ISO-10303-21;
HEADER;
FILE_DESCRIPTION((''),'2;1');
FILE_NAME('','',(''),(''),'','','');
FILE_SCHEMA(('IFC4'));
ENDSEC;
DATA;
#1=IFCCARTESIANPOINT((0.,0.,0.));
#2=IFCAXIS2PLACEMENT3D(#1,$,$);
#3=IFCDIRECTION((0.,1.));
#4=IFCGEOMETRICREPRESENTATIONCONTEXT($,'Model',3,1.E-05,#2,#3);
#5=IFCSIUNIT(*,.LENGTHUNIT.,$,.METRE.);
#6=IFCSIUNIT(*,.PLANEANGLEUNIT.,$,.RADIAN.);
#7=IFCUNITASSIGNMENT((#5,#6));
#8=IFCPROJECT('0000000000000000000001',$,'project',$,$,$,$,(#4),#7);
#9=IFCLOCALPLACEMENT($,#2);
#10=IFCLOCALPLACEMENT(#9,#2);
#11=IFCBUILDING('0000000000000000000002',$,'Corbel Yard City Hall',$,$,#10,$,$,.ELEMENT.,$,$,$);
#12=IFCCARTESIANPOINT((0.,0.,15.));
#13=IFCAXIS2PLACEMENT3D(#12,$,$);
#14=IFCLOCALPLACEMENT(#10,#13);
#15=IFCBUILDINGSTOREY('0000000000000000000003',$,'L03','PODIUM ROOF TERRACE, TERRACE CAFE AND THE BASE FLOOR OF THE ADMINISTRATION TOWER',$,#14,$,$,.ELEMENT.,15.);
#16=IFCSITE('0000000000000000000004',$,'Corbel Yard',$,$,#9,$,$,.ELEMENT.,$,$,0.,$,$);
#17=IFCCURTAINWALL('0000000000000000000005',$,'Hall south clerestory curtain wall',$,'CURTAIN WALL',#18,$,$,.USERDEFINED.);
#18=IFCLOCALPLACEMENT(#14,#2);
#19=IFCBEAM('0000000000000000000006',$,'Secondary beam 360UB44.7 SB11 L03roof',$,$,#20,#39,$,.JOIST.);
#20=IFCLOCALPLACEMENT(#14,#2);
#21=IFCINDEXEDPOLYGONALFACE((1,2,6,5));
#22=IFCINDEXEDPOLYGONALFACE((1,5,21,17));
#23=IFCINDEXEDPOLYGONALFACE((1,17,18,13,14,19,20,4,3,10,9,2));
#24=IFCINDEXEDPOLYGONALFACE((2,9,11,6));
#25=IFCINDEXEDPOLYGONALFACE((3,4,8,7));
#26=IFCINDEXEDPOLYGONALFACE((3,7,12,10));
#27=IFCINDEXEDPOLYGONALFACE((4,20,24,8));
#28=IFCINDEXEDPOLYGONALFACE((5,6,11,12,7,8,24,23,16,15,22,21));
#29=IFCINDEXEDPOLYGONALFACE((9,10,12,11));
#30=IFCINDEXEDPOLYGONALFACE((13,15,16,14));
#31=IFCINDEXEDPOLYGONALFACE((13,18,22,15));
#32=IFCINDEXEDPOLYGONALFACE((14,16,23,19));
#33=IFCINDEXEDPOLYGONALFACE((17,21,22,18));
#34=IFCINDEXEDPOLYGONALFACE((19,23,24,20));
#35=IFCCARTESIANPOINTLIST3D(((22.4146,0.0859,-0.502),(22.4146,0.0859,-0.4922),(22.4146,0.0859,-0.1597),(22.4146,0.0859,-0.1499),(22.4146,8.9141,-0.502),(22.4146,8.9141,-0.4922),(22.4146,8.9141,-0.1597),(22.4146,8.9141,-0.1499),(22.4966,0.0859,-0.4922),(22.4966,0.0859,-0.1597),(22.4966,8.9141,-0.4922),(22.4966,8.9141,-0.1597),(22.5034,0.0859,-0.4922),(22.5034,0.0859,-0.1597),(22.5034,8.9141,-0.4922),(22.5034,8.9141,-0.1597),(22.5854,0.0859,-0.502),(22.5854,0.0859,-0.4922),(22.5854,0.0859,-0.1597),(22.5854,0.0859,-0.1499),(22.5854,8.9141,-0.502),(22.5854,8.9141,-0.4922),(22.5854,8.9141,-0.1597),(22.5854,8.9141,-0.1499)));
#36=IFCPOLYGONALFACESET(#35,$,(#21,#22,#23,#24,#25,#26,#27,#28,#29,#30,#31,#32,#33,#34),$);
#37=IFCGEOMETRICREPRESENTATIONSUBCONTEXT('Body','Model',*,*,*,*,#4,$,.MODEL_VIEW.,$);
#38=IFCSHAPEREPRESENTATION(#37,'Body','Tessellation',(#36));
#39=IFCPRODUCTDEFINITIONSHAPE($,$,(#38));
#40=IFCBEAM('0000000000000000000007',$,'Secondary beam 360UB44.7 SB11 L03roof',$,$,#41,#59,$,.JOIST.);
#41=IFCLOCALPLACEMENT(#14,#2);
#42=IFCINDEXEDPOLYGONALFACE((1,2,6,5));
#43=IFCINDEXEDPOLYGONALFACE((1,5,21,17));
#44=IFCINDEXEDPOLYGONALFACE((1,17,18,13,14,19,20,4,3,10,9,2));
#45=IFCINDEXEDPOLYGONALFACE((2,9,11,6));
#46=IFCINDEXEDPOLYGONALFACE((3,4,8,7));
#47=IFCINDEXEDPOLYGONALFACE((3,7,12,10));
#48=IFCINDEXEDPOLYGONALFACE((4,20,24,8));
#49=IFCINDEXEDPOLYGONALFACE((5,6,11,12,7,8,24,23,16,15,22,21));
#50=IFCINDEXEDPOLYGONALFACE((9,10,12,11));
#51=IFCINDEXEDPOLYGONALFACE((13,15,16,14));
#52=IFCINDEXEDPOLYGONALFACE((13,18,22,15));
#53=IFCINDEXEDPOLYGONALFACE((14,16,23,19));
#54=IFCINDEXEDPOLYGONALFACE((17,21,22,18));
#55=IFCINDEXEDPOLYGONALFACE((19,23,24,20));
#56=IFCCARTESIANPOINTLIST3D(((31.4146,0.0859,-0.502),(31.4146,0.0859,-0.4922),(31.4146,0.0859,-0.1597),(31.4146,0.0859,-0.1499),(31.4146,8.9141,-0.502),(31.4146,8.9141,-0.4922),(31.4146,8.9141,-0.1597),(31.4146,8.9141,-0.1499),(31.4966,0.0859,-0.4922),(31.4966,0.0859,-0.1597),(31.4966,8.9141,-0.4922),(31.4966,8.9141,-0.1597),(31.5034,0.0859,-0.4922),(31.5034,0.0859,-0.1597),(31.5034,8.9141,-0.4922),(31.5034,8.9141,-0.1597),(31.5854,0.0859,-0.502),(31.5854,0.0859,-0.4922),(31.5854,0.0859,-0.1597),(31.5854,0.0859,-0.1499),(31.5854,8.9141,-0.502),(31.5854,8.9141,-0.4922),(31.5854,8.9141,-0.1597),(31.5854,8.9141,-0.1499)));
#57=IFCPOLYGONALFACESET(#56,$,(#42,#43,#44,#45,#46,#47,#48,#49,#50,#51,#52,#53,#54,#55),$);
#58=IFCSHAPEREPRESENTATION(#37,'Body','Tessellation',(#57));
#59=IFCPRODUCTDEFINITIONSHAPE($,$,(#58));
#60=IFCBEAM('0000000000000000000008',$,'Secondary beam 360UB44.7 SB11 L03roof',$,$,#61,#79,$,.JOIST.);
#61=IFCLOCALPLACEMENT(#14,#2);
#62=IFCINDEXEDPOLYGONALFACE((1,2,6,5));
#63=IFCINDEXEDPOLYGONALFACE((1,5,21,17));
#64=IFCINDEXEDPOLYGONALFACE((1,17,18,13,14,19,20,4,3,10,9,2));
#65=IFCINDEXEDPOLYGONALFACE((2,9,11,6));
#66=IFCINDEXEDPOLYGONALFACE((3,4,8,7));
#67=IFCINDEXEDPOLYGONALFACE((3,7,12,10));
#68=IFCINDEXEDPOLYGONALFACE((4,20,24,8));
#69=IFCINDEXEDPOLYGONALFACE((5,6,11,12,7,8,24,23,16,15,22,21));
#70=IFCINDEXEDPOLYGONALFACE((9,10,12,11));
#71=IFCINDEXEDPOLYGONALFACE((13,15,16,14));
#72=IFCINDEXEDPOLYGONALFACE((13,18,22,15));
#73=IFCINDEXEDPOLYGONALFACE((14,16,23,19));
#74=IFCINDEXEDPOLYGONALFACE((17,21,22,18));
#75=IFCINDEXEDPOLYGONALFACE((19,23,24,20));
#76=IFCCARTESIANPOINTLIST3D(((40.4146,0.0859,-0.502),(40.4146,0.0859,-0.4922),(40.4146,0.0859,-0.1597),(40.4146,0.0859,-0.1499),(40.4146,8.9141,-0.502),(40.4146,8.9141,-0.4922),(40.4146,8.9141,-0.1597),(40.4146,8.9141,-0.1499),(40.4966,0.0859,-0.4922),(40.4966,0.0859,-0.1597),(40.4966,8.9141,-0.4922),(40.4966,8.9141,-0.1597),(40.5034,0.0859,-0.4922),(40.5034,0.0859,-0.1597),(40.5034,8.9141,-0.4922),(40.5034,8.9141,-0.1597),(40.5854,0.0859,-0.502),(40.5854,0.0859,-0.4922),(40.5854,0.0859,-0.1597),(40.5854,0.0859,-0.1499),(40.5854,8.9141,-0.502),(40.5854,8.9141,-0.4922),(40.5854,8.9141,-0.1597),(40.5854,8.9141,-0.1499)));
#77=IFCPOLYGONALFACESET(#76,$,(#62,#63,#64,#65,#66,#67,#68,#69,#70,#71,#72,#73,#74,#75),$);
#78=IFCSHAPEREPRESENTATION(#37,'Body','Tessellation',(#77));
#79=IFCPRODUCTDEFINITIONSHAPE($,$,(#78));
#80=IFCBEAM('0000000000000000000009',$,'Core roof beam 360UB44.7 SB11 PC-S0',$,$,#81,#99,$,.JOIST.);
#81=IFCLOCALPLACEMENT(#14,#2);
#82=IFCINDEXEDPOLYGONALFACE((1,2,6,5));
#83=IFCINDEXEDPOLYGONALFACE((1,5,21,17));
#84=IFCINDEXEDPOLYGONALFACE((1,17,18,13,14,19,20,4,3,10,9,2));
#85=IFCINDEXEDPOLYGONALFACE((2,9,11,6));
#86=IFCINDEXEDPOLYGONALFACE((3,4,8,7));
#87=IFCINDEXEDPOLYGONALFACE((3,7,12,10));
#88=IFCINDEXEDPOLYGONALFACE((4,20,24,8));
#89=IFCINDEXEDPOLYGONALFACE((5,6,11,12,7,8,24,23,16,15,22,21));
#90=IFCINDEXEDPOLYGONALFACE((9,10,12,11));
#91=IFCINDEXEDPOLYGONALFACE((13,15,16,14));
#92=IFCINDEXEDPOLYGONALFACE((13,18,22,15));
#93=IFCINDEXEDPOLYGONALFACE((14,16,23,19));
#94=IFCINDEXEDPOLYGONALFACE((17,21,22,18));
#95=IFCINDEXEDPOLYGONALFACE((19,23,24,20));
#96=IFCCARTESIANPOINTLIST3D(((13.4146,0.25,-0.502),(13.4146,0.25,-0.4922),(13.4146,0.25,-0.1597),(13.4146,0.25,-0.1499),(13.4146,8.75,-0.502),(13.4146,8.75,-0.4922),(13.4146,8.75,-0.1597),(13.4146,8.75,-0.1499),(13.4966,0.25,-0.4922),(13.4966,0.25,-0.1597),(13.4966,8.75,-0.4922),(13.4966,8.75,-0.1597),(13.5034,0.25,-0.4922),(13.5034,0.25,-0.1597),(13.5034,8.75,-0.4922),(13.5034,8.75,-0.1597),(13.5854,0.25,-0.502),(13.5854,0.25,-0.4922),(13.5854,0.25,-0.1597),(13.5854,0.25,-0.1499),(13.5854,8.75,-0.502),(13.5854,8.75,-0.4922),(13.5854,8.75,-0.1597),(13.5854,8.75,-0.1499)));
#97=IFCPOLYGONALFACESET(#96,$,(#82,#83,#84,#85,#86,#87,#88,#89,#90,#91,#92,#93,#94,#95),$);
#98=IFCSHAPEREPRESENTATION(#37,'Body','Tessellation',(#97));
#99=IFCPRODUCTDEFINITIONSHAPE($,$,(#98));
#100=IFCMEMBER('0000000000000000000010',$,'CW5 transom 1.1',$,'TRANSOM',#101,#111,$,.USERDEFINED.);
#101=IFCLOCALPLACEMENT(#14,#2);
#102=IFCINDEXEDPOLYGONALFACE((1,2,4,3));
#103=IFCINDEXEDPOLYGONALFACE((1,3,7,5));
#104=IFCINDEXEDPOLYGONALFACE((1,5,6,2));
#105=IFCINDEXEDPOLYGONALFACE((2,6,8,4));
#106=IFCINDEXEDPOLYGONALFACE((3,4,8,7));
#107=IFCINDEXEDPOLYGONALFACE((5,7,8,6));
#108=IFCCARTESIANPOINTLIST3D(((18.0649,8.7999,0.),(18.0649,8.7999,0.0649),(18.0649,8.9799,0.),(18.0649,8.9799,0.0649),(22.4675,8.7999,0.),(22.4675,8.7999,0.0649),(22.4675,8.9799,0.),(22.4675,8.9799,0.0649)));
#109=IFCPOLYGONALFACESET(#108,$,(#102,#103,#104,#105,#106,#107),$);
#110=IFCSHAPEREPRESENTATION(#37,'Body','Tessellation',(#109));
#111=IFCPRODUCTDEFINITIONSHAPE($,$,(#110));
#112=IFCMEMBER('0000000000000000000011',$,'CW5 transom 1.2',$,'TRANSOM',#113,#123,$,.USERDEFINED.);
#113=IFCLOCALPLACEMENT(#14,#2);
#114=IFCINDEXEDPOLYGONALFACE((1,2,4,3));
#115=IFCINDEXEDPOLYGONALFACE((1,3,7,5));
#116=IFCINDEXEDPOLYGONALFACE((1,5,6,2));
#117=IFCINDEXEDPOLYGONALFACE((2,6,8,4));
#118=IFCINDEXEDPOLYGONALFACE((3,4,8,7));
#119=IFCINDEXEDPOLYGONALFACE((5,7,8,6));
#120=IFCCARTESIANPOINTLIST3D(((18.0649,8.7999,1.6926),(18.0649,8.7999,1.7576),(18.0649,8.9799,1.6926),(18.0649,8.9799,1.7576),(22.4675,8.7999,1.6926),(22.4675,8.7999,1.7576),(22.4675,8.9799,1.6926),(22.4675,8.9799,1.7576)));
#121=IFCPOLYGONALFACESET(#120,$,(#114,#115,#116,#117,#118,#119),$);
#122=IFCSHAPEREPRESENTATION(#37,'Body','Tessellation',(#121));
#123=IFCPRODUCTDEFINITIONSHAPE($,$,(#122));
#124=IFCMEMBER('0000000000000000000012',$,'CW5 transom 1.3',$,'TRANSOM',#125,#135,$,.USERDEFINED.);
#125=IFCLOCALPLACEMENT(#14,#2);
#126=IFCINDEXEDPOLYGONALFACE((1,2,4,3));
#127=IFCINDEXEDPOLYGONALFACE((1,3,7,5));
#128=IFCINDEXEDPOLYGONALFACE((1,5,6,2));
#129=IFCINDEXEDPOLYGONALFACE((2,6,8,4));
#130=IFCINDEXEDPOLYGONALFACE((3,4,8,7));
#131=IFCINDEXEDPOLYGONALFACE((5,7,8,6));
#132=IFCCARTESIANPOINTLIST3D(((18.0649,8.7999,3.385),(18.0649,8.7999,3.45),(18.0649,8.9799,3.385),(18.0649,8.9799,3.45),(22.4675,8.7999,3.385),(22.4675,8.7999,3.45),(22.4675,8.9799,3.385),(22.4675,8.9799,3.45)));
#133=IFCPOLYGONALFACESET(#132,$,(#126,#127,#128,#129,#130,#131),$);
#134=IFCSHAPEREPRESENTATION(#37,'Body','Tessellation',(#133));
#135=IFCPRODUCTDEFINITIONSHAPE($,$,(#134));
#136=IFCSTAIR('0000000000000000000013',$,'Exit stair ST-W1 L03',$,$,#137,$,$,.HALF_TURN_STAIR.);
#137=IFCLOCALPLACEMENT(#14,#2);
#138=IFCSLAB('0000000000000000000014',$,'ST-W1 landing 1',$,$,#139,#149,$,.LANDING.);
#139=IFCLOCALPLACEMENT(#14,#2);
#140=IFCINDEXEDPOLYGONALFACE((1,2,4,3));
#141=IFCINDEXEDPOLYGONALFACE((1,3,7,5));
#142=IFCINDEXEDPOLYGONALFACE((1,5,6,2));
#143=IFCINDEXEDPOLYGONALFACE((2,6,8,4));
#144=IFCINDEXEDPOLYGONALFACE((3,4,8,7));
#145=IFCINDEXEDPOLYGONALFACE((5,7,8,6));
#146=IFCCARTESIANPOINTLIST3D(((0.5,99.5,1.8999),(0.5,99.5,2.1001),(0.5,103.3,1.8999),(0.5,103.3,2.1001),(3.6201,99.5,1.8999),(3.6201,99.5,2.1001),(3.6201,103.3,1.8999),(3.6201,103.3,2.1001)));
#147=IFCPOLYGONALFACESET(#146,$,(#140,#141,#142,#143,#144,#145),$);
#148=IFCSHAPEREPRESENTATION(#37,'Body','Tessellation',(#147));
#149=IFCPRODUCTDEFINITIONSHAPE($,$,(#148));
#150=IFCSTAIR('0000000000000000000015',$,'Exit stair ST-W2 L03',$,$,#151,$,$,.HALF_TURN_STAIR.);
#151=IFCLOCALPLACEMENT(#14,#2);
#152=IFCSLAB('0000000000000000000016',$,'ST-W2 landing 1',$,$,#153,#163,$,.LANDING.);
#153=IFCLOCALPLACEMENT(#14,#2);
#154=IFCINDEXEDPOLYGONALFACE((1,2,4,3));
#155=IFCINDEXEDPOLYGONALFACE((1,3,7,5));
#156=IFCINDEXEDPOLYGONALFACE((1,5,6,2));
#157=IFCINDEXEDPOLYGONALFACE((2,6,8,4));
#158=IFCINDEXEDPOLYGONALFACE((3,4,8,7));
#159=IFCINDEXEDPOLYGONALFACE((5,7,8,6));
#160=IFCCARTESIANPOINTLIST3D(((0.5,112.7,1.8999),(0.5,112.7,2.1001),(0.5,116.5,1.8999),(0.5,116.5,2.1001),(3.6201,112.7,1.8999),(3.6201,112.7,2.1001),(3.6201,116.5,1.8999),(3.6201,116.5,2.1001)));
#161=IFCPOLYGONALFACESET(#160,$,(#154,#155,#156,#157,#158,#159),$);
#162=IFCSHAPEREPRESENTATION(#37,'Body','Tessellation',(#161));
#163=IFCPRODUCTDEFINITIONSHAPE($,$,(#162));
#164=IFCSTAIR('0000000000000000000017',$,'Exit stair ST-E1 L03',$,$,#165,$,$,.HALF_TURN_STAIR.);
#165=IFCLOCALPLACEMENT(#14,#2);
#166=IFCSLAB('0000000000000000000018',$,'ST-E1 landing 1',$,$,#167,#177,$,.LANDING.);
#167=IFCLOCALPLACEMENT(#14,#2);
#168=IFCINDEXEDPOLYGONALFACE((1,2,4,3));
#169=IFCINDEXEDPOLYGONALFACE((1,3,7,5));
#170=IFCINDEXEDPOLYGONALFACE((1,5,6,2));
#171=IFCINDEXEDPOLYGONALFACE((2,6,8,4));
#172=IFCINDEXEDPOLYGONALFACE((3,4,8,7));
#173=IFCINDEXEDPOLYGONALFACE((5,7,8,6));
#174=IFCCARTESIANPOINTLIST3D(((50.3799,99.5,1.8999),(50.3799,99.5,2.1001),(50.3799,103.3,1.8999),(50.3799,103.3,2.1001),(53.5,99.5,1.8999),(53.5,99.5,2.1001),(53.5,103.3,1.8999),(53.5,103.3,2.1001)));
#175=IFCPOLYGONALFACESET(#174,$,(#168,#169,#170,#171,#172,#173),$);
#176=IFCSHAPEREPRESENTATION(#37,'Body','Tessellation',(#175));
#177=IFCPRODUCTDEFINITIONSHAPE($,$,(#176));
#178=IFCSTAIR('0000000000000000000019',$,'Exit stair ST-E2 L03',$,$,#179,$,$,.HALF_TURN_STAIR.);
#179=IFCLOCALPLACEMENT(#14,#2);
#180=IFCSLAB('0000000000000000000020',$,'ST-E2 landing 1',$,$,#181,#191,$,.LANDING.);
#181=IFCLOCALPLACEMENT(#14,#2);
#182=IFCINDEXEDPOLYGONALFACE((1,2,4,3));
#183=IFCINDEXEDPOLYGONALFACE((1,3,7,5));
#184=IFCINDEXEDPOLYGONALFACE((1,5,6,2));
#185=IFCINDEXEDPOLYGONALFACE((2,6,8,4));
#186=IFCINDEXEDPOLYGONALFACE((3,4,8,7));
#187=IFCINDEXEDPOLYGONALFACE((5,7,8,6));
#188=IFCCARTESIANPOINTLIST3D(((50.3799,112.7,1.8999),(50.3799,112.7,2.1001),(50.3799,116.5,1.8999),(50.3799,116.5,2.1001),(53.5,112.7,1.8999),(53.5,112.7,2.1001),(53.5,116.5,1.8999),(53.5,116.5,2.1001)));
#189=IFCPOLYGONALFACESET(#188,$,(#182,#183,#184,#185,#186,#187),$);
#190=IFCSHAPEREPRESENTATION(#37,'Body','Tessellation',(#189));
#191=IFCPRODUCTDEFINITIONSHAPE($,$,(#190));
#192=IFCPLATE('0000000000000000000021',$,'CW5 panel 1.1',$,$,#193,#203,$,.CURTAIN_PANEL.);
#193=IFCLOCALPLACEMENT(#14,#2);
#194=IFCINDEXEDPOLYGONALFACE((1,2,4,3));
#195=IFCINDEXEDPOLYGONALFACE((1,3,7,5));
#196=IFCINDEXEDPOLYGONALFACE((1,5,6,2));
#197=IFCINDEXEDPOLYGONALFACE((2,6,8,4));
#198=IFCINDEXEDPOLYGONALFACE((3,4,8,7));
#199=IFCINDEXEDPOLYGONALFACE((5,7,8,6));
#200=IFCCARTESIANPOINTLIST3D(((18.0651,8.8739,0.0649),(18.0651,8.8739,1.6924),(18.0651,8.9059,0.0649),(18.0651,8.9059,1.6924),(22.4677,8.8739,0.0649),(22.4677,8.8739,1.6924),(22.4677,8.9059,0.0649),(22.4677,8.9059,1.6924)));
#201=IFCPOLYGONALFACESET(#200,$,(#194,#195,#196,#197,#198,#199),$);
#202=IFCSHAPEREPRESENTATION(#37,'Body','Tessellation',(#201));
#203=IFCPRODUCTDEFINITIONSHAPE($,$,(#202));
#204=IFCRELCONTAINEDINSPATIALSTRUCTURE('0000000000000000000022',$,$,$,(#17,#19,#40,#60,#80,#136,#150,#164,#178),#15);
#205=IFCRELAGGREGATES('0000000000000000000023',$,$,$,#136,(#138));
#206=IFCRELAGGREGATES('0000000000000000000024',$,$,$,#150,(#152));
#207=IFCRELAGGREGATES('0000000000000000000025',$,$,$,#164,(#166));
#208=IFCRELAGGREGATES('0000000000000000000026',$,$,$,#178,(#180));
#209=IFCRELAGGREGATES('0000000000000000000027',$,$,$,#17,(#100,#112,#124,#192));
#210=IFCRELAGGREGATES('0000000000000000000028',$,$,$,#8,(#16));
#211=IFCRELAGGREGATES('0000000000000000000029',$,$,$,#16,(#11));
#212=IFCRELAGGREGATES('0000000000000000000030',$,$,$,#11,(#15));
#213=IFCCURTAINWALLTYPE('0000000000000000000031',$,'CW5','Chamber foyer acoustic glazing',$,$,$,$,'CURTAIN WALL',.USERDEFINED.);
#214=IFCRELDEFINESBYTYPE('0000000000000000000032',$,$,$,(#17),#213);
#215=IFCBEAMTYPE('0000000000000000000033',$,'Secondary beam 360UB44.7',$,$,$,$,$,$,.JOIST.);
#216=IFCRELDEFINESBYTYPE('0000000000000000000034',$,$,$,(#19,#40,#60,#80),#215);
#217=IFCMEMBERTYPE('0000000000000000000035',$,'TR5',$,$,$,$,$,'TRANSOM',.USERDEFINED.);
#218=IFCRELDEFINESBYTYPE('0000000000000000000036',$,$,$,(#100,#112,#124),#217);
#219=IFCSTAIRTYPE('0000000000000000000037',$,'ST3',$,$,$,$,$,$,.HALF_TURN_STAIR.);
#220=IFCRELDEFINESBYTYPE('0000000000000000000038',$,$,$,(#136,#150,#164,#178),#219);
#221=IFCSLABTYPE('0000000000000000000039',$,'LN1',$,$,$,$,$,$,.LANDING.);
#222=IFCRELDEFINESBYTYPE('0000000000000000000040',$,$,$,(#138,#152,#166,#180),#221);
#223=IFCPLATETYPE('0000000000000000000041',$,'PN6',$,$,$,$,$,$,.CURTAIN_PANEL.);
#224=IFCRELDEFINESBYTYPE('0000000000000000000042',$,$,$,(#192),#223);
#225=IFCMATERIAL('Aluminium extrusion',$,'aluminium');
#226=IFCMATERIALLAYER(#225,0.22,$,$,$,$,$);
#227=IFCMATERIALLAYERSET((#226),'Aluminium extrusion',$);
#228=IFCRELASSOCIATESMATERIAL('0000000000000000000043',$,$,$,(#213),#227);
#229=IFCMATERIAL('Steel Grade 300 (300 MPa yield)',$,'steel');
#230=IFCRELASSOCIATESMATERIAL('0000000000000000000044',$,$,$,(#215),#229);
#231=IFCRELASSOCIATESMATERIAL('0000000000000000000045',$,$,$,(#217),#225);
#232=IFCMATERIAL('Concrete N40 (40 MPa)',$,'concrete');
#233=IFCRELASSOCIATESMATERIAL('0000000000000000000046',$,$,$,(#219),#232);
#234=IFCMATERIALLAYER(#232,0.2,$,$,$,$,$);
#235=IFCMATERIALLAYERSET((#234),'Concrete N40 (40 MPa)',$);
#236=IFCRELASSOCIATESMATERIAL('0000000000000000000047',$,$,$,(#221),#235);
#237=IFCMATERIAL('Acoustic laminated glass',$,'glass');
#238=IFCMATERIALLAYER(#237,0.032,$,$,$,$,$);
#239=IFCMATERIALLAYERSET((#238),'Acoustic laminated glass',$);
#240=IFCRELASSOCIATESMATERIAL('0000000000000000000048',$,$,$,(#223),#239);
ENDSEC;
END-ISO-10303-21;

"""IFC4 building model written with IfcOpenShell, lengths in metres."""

from ifc_helpers import new_model, si_unit, direction, frame, origin, origin_2d, place, context, subcontext, project, spatial, polyline, rectangle, i_section, outline, extrude, material, layer, layer_set, material_profile, profile_set, type_object, element, aggregate, save


model = new_model("IFC4")

# Units and contexts
model_context = context("Model", 3, precision=1e-05, world=origin(), true_north=direction((0.0, 1.0)))
body_context = subcontext(model_context, "Body", "Model", "MODEL_VIEW")
ifc_project = project(units=[si_unit("LENGTHUNIT", "METRE"), si_unit("PLANEANGLEUNIT", "RADIAN")], contexts=[model_context])

# Site, building, storey
site_placement = place(None, origin())
site = spatial("IfcSite", under=ifc_project, at=site_placement, Name="Corbel Yard", CompositionType="ELEMENT", RefElevation=0.0)
building_placement = place(site_placement, origin())
building = spatial("IfcBuilding", under=site, at=building_placement, Name="Corbel Yard City Hall", CompositionType="ELEMENT")
storey_placement = place(building_placement, frame((0.0, 0.0, 15.0)))
storey = spatial("IfcBuildingStorey", under=building, at=storey_placement, Name="L03", Description="PODIUM ROOF TERRACE, TERRACE CAFE AND THE BASE FLOOR OF THE ADMINISTRATION TOWER", CompositionType="ELEMENT", Elevation=15.0)

# Shared definitions
ifc_material_1 = material(Name="Steel Grade 300 (300 MPa yield)", Category="steel")

# Curtain wall
ifc_material_2 = material(Name="Aluminium extrusion", Category="aluminium")
ifc_layer_1 = layer(ifc_material_2, 0.22)
ifc_layer_set_1 = layer_set([ifc_layer_1], Name="Aluminium extrusion")
curtain_wall_type = type_object("IfcCurtainWallType", Name="CW5", Description="Chamber foyer acoustic glazing", ElementType="CURTAIN WALL", PredefinedType="USERDEFINED", material=ifc_layer_set_1)
curtain_wall_placement = place(storey_placement, origin())
curtain_wall = element("IfcCurtainWall", 1, at=curtain_wall_placement, inside=storey, type_object=curtain_wall_type, Name="Hall south clerestory curtain wall", ObjectType="CURTAIN WALL", PredefinedType="USERDEFINED")

# Beams
ifc_material_profile_1 = material_profile(ifc_material_1, i_section(OverallWidth=0.1709, OverallDepth=0.3521, WebThickness=0.0068, FlangeThickness=0.0098, at=origin_2d()), Name="360UB44.7")
ifc_profile_set_1 = profile_set([ifc_material_profile_1], Name="Steel Grade 300 (300 MPa yield)")
beam_type_1 = type_object("IfcBeamType", Name="Secondary beam 360UB44.7", PredefinedType="JOIST", material=ifc_profile_set_1)
for number, where, z_axis, x_axis, name in (
    (2, (22.5, 0.0859, -0.3259), (0.0, 1.0, 0.0), (-1.0, 0.0, 0.0), "Secondary beam 360UB44.7 SB11 L03roof"),
    (3, (31.5, 0.0859, -0.3259), (0.0, 1.0, 0.0), (-1.0, 0.0, 0.0), "Secondary beam 360UB44.7 SB11 L03roof"),
    (4, (40.5, 0.0859, -0.3259), (0.0, 1.0, 0.0), (-1.0, 0.0, 0.0), "Secondary beam 360UB44.7 SB11 L03roof"),
):
    element("IfcBeam", number, at=place(storey_placement, frame(where, z_axis=z_axis, x_axis=x_axis)), inside=storey, type_object=beam_type_1, Name=name, PredefinedType="JOIST", context=body_context, shape_type="SweptSolid", body=[
        extrude(i_section(OverallWidth=0.1709, OverallDepth=0.3521, WebThickness=0.0068, FlangeThickness=0.0098, at=origin_2d()), origin(), (0.0, 0.0, 1.0), 8.8281),
    ])
beam_1_placement = place(storey_placement, frame((13.5, 0.25, -0.3259), z_axis=(0.0, 1.0, 0.0), x_axis=(-1.0, 0.0, 0.0)))
element("IfcBeam", 5, at=beam_1_placement, inside=storey, type_object=beam_type_1, Name="Core roof beam 360UB44.7 SB11 PC-S0", PredefinedType="JOIST", context=body_context, shape_type="SweptSolid", body=[
    extrude(i_section(OverallWidth=0.1709, OverallDepth=0.3521, WebThickness=0.0068, FlangeThickness=0.0098, at=origin_2d()), origin(), (0.0, 0.0, 1.0), 8.5),
])

# Members
ifc_material_profile_2 = material_profile(ifc_material_2, rectangle(XDim=0.1799, YDim=0.0649, at=origin_2d()), Name="180x65")
ifc_profile_set_2 = profile_set([ifc_material_profile_2], Name="Aluminium extrusion")
member_type_1 = type_object("IfcMemberType", Name="TR5", ElementType="TRANSOM", PredefinedType="USERDEFINED", material=ifc_profile_set_2)
member_1_placement = place(storey_placement, frame((18.0649, 8.8899, 0.0325), z_axis=(1.0, 0.0, 0.0), x_axis=(0.0, 1.0, 0.0)))
member_1 = element("IfcMember", 6, at=member_1_placement, type_object=member_type_1, Name="CW5 transom 1.1", ObjectType="TRANSOM", PredefinedType="USERDEFINED", context=body_context, shape_type="SweptSolid", body=[
    extrude(rectangle(XDim=0.1799, YDim=0.0649, at=origin_2d()), origin(), (0.0, 0.0, 1.0), 4.4026),
])
member_2_placement = place(storey_placement, frame((18.0649, 8.8899, 1.7251), z_axis=(1.0, 0.0, 0.0), x_axis=(0.0, 1.0, 0.0)))
member_2 = element("IfcMember", 7, at=member_2_placement, type_object=member_type_1, Name="CW5 transom 1.2", ObjectType="TRANSOM", PredefinedType="USERDEFINED", context=body_context, shape_type="SweptSolid", body=[
    extrude(rectangle(XDim=0.1799, YDim=0.0649, at=origin_2d()), origin(), (0.0, 0.0, 1.0), 4.4026),
])
member_3_placement = place(storey_placement, frame((18.0649, 8.8899, 3.4175), z_axis=(1.0, 0.0, 0.0), x_axis=(0.0, 1.0, 0.0)))
member_3 = element("IfcMember", 8, at=member_3_placement, type_object=member_type_1, Name="CW5 transom 1.3", ObjectType="TRANSOM", PredefinedType="USERDEFINED", context=body_context, shape_type="SweptSolid", body=[
    extrude(rectangle(XDim=0.1799, YDim=0.0649, at=origin_2d()), origin(), (0.0, 0.0, 1.0), 4.4026),
])

# Stairs, slabs
ifc_material_3 = material(Name="Concrete N40 (40 MPa)", Category="concrete")
stair_type = type_object("IfcStairType", Name="ST3", PredefinedType="HALF_TURN_STAIR", material=ifc_material_3)
stair_1_placement = place(storey_placement, origin())
stair_1 = element("IfcStair", 9, at=stair_1_placement, inside=storey, type_object=stair_type, Name="Exit stair ST-W1 L03", PredefinedType="HALF_TURN_STAIR")
ifc_layer_2 = layer(ifc_material_3, 0.2)
ifc_layer_set_2 = layer_set([ifc_layer_2], Name="Concrete N40 (40 MPa)")
slab_type = type_object("IfcSlabType", Name="LN1", PredefinedType="LANDING", material=ifc_layer_set_2)
slab_1_placement = place(storey_placement, frame((0.0, 0.0, 1.8999)))
slab_1 = element("IfcSlab", 10, at=slab_1_placement, type_object=slab_type, Name="ST-W1 landing 1", PredefinedType="LANDING", context=body_context, shape_type="SweptSolid", body=[
    extrude(outline(polyline([(0.5, 99.5), (3.6201, 99.5), (3.6201, 103.3), (0.5, 103.3), (0.5, 99.5)])), origin(), (0.0, 0.0, 1.0), 0.2002),
])
aggregate(stair_1, [slab_1])
stair_2_placement = place(storey_placement, origin())
stair_2 = element("IfcStair", 11, at=stair_2_placement, inside=storey, type_object=stair_type, Name="Exit stair ST-W2 L03", PredefinedType="HALF_TURN_STAIR")
slab_2_placement = place(storey_placement, frame((0.0, 0.0, 1.8999)))
slab_2 = element("IfcSlab", 12, at=slab_2_placement, type_object=slab_type, Name="ST-W2 landing 1", PredefinedType="LANDING", context=body_context, shape_type="SweptSolid", body=[
    extrude(outline(polyline([(0.5, 112.7), (3.6201, 112.7), (3.6201, 116.5), (0.5, 116.5), (0.5, 112.7)])), origin(), (0.0, 0.0, 1.0), 0.2002),
])
aggregate(stair_2, [slab_2])
stair_3_placement = place(storey_placement, origin())
stair_3 = element("IfcStair", 13, at=stair_3_placement, inside=storey, type_object=stair_type, Name="Exit stair ST-E1 L03", PredefinedType="HALF_TURN_STAIR")
slab_3_placement = place(storey_placement, frame((0.0, 0.0, 1.8999)))
slab_3 = element("IfcSlab", 14, at=slab_3_placement, type_object=slab_type, Name="ST-E1 landing 1", PredefinedType="LANDING", context=body_context, shape_type="SweptSolid", body=[
    extrude(outline(polyline([(50.3799, 99.5), (53.5, 99.5), (53.5, 103.3), (50.3799, 103.3), (50.3799, 99.5)])), origin(), (0.0, 0.0, 1.0), 0.2002),
])
aggregate(stair_3, [slab_3])
stair_4_placement = place(storey_placement, origin())
stair_4 = element("IfcStair", 15, at=stair_4_placement, inside=storey, type_object=stair_type, Name="Exit stair ST-E2 L03", PredefinedType="HALF_TURN_STAIR")
slab_4_placement = place(storey_placement, frame((0.0, 0.0, 1.8999)))
slab_4 = element("IfcSlab", 16, at=slab_4_placement, type_object=slab_type, Name="ST-E2 landing 1", PredefinedType="LANDING", context=body_context, shape_type="SweptSolid", body=[
    extrude(outline(polyline([(50.3799, 112.7), (53.5, 112.7), (53.5, 116.5), (50.3799, 116.5), (50.3799, 112.7)])), origin(), (0.0, 0.0, 1.0), 0.2002),
])
aggregate(stair_4, [slab_4])

# Plate
ifc_material_4 = material(Name="Acoustic laminated glass", Category="glass")
ifc_layer_3 = layer(ifc_material_4, 0.032)
ifc_layer_set_3 = layer_set([ifc_layer_3], Name="Acoustic laminated glass")
plate_type = type_object("IfcPlateType", Name="PN6", PredefinedType="CURTAIN_PANEL", material=ifc_layer_set_3)
plate_placement = place(storey_placement, frame((20.2664, 8.8899, 0.0649), z_axis=(0.0, 0.0, 1.0), x_axis=(1.0, 0.0, 0.0)))
plate = element("IfcPlate", 17, at=plate_placement, type_object=plate_type, Name="CW5 panel 1.1", PredefinedType="CURTAIN_PANEL", context=body_context, shape_type="SweptSolid", body=[
    extrude(rectangle(XDim=4.4026, YDim=0.032, at=origin_2d()), origin(), (0.0, 0.0, 1.0), 1.6274),
])
aggregate(curtain_wall, [member_1, member_2, member_3, plate])

save(model, "model.ifc")
